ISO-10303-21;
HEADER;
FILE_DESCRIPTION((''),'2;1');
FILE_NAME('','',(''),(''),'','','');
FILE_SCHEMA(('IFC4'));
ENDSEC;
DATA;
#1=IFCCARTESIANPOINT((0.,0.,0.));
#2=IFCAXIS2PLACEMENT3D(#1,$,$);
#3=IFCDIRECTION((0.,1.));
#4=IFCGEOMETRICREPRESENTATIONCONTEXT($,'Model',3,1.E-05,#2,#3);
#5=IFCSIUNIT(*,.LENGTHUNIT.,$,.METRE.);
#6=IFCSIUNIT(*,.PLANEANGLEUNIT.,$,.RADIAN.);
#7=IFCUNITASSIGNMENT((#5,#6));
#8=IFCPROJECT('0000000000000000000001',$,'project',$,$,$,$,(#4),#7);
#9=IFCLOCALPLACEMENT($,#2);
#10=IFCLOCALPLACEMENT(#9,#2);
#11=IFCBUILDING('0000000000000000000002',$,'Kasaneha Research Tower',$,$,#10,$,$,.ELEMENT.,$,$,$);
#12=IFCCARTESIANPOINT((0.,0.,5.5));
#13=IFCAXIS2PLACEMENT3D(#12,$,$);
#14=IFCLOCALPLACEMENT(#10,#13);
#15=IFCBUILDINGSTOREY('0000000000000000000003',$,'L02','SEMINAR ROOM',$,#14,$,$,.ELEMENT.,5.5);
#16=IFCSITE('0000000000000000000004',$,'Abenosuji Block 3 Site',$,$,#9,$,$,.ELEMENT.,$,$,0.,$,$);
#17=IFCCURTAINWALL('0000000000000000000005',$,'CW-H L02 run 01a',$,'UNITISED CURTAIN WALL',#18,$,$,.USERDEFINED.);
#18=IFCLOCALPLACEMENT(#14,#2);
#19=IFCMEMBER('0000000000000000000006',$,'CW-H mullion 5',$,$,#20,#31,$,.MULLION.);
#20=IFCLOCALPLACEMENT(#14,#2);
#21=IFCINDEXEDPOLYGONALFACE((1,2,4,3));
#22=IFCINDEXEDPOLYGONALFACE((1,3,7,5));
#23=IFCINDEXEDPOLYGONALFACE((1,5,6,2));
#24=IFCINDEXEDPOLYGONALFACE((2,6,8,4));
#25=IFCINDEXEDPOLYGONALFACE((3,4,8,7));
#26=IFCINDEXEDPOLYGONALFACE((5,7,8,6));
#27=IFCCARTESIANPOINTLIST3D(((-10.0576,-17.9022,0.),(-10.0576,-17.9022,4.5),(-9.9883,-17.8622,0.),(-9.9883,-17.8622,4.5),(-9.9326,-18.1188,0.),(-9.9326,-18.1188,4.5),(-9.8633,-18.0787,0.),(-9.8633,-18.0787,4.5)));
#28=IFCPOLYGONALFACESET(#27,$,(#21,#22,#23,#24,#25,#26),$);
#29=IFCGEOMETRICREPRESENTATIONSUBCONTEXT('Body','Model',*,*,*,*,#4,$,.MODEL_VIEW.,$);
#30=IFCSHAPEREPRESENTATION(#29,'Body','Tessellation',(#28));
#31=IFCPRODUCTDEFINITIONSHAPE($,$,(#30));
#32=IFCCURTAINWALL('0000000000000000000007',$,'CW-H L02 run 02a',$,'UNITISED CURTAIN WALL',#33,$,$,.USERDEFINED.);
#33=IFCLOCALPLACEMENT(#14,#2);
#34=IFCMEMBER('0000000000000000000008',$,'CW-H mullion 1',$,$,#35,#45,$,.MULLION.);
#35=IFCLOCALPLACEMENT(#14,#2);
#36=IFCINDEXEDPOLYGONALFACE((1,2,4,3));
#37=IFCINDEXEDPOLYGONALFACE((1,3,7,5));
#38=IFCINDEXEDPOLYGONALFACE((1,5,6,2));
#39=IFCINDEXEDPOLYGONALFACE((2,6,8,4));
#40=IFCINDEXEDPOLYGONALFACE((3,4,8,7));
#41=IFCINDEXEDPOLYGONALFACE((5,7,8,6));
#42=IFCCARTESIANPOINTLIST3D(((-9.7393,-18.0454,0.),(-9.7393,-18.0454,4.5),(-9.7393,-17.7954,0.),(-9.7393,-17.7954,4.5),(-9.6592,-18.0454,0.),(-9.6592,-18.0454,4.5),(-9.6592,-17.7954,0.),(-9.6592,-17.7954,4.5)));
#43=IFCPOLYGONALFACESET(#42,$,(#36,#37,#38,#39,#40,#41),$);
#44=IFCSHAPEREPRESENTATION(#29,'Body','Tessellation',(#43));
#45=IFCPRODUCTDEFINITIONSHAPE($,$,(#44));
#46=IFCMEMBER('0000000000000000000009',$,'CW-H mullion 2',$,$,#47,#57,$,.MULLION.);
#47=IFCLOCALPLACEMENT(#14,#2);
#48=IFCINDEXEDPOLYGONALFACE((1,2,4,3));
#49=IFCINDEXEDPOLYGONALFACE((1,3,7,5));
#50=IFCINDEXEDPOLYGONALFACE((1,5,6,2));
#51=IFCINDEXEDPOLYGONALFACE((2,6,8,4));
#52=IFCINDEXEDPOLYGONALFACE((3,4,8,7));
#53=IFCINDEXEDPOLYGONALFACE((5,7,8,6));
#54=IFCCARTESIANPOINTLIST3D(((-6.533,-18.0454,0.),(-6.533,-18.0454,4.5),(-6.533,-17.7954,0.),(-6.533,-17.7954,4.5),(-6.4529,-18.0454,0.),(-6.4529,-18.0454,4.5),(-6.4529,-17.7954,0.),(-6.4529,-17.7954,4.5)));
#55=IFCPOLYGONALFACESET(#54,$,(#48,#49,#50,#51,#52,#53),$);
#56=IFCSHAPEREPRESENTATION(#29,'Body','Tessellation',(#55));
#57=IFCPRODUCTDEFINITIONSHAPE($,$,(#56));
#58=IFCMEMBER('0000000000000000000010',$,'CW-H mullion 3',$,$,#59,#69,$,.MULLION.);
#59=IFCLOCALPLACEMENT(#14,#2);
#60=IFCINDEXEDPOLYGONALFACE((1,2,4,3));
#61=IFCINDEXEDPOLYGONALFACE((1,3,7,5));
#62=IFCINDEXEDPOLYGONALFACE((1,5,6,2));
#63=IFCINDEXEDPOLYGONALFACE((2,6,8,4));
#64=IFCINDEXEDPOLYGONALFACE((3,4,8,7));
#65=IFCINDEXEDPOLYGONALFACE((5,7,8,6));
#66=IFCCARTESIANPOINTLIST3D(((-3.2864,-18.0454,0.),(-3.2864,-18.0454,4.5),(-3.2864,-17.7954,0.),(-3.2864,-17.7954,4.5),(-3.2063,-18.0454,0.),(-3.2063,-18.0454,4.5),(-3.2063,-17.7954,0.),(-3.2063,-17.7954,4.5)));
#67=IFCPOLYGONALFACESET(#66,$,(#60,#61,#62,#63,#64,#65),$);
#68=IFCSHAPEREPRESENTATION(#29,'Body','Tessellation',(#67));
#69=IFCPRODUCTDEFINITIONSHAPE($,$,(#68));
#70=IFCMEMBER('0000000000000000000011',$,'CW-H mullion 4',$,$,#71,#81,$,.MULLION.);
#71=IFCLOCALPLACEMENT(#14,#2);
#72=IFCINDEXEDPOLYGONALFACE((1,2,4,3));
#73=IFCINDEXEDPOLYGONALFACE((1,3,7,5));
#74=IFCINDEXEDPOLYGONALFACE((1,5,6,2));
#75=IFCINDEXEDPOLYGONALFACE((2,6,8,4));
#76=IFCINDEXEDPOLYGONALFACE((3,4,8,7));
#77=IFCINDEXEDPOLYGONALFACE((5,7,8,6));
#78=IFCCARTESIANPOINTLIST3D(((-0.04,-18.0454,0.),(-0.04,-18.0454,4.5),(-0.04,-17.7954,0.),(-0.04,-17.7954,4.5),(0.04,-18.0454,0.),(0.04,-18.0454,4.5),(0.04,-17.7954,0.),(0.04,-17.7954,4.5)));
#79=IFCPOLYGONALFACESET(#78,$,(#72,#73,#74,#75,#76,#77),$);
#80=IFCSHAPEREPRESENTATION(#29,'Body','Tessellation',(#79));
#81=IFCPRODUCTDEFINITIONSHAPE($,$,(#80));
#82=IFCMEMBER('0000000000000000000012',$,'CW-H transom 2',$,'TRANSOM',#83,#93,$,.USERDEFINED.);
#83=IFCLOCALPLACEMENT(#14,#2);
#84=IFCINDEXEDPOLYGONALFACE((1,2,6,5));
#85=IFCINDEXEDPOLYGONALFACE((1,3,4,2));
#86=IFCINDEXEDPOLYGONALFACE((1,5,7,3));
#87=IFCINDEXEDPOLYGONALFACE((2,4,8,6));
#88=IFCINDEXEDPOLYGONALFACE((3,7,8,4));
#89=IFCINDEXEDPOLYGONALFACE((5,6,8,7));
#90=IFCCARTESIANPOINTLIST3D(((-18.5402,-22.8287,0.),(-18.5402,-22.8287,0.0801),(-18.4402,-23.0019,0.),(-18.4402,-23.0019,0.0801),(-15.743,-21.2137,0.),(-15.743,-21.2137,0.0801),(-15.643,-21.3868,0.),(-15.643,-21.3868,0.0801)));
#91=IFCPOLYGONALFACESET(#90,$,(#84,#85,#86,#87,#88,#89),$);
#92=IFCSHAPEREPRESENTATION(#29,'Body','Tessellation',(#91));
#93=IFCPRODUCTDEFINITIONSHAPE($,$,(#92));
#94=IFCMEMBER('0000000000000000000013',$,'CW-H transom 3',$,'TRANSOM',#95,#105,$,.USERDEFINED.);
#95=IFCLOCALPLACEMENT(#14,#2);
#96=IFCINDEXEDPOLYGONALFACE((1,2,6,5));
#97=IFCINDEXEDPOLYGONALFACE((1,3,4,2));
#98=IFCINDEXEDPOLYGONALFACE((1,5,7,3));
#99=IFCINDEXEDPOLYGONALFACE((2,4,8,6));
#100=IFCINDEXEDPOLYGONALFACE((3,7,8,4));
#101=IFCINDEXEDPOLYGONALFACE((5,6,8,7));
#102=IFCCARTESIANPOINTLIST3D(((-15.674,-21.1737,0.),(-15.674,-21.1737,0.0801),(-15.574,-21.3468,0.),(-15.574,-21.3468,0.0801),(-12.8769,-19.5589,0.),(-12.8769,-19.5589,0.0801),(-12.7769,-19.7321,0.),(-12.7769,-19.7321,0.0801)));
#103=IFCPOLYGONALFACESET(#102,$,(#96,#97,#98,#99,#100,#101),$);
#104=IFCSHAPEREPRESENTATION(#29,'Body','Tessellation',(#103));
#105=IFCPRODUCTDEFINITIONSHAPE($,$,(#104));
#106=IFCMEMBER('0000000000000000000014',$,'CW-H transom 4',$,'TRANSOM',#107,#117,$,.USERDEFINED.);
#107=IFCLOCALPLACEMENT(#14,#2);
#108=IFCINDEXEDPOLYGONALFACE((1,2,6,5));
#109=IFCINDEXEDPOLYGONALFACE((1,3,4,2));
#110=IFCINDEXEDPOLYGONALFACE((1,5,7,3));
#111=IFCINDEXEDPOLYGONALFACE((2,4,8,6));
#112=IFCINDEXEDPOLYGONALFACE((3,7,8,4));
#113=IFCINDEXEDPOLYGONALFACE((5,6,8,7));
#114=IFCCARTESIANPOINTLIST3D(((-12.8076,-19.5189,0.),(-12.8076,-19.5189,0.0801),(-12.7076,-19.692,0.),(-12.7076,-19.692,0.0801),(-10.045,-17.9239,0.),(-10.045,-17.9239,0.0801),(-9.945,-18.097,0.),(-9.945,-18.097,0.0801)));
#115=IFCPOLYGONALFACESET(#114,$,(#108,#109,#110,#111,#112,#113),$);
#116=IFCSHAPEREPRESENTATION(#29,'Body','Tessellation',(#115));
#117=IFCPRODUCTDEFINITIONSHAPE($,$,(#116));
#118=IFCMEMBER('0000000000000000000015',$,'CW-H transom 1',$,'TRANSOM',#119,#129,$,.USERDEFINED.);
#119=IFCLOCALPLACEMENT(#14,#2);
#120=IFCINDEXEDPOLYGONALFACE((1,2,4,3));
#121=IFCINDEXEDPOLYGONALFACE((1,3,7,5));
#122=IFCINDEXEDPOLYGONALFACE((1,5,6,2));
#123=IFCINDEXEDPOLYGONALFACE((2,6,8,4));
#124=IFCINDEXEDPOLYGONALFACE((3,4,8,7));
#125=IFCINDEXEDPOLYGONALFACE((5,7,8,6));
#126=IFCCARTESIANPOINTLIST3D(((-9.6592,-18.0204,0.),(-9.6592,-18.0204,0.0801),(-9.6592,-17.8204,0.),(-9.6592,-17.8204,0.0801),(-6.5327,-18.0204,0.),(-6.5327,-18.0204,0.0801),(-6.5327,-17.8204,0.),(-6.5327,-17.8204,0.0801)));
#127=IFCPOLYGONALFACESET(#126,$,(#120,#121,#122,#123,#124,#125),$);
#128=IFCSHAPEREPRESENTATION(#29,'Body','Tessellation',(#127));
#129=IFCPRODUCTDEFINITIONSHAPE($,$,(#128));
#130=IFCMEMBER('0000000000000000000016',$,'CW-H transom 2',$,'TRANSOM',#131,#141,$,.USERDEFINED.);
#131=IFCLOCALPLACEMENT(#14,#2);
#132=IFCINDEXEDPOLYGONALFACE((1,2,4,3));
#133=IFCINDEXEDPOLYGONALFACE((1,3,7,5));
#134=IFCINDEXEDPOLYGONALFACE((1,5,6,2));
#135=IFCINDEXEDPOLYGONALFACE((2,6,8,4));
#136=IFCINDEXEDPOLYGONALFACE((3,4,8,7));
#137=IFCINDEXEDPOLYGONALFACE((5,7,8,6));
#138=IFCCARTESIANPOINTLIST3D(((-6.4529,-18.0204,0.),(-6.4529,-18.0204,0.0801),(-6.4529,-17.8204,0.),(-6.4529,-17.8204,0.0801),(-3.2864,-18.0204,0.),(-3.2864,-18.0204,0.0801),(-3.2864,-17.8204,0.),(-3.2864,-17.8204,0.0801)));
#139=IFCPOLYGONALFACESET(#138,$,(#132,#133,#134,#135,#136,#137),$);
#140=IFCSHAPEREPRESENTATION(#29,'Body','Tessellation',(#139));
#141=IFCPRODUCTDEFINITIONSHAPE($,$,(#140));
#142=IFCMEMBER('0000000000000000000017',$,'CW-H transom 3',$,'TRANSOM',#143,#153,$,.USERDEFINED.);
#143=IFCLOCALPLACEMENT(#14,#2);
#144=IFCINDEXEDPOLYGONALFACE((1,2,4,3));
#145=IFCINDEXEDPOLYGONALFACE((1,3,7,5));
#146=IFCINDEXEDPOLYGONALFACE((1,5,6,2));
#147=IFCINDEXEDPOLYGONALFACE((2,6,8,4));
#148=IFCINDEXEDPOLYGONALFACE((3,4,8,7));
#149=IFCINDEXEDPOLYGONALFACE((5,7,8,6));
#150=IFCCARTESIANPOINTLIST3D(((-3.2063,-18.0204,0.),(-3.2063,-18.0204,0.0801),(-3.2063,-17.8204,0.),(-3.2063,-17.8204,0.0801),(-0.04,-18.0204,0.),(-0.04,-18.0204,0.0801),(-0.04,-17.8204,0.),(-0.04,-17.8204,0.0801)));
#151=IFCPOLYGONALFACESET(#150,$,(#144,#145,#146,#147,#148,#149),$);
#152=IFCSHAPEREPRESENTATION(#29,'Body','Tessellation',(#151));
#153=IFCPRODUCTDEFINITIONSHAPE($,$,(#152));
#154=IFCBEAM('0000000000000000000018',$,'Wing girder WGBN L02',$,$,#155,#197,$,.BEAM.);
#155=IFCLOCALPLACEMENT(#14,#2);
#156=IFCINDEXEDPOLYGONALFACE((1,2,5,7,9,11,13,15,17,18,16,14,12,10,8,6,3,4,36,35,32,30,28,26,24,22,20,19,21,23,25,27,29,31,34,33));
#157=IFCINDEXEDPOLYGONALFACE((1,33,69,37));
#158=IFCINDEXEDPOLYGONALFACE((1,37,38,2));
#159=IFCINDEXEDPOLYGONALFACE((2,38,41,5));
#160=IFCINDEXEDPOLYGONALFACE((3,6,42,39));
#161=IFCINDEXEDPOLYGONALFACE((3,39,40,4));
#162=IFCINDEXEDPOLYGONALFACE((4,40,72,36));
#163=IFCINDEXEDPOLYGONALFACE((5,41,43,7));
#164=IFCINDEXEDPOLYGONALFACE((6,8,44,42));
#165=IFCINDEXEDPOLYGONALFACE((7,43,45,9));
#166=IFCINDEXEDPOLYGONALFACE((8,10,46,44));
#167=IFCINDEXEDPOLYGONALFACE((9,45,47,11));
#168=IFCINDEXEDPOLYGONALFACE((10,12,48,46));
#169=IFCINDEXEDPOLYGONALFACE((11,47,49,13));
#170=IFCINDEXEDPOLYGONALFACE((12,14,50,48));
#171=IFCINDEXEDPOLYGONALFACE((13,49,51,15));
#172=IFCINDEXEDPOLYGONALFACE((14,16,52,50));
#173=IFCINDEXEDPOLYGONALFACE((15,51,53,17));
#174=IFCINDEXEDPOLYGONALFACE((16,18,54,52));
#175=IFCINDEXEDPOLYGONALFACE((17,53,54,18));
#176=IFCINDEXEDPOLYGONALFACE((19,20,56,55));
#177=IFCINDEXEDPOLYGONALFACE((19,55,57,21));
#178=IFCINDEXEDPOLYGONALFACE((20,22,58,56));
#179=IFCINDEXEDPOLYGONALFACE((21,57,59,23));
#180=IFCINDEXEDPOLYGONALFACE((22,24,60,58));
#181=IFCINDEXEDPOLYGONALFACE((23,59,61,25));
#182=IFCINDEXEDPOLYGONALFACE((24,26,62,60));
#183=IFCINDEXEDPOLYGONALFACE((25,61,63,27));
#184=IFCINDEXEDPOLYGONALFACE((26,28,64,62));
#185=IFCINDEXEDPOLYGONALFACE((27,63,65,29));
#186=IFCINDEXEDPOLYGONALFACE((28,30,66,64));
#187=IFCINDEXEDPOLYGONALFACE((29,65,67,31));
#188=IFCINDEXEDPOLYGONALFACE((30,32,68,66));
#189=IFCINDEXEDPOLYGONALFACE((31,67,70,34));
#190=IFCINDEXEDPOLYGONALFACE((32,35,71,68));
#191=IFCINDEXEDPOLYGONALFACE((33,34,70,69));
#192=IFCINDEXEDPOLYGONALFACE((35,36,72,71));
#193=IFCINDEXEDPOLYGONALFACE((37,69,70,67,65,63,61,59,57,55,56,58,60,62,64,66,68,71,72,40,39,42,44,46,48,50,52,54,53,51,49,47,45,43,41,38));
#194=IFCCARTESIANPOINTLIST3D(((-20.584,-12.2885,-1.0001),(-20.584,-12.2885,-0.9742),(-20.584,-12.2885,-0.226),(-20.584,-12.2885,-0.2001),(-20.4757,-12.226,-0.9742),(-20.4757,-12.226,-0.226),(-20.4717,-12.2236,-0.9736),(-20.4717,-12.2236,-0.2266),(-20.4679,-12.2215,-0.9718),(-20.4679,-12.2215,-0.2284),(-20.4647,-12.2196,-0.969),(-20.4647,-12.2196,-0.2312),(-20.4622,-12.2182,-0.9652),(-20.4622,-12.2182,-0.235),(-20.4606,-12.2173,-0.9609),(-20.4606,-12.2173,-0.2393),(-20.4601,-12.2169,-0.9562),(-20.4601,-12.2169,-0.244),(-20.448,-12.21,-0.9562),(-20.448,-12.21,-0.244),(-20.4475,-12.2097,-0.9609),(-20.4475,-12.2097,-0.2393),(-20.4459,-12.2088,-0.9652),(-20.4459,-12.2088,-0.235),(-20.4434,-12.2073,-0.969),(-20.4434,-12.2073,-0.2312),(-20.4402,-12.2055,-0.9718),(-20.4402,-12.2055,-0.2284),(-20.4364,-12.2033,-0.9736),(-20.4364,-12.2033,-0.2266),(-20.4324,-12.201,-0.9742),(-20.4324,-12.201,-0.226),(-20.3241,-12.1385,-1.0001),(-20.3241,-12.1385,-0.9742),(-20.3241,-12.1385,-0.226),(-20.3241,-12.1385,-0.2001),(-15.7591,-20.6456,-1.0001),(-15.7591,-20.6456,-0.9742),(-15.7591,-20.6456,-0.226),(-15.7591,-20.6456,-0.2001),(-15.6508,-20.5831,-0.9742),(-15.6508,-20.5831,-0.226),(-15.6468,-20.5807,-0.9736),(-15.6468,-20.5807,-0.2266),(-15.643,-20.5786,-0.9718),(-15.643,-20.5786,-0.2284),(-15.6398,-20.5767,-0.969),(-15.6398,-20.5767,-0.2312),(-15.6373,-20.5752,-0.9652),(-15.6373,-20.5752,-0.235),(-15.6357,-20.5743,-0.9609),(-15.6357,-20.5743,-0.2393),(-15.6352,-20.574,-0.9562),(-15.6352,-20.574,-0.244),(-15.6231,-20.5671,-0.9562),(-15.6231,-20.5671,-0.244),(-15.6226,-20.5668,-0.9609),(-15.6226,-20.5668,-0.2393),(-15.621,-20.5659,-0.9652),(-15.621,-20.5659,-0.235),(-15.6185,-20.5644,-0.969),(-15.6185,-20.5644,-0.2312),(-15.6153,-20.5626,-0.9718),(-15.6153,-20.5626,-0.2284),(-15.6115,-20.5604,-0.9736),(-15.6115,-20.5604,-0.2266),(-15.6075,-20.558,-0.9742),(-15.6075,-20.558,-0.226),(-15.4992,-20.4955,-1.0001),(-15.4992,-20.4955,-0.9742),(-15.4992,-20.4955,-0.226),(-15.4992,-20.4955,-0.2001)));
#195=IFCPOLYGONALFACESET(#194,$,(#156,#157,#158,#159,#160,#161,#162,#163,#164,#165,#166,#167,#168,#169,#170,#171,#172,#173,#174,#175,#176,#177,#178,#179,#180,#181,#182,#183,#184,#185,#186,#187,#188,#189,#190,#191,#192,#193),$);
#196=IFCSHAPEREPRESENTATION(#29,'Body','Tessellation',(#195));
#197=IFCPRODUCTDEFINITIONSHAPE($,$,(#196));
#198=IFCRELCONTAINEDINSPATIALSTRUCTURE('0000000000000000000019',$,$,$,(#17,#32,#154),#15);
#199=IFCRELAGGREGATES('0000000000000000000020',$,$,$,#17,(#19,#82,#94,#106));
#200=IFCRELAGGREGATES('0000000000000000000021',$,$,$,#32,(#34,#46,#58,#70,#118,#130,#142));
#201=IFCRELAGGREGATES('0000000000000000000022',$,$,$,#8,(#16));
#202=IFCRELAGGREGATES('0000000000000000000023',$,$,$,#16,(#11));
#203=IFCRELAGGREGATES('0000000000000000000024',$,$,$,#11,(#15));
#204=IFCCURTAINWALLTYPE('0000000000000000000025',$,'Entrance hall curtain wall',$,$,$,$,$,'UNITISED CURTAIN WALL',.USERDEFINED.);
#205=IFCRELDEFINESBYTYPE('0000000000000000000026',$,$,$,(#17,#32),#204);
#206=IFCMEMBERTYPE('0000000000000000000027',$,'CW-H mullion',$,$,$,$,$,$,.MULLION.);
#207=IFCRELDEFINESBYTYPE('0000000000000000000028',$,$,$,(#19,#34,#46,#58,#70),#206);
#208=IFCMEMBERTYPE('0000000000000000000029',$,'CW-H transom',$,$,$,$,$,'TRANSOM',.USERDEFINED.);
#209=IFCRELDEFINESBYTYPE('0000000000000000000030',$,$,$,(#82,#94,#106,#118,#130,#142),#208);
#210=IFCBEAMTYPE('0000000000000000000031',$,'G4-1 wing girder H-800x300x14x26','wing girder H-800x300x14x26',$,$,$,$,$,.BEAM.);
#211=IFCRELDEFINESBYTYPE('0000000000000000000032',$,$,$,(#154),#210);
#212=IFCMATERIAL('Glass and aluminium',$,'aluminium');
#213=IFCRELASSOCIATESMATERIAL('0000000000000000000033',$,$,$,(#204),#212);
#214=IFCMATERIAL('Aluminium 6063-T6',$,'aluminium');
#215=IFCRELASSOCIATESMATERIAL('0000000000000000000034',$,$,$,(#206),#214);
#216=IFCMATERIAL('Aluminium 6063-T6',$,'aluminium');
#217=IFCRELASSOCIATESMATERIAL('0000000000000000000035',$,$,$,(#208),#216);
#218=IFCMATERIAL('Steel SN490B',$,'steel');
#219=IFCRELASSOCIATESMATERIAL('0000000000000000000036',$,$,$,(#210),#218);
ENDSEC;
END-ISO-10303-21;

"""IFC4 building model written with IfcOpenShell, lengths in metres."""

from ifc_helpers import new_model, si_unit, direction, frame, origin, origin_2d, place, context, subcontext, project, spatial, rectangle, i_section, extrude, material, material_profile, profile_set, type_object, element, aggregate, save


model = new_model("IFC4")

# Units and contexts
model_context = context("Model", 3, precision=1e-05, world=origin(), true_north=direction((0.0, 1.0)))
body_context = subcontext(model_context, "Body", "Model", "MODEL_VIEW")
ifc_project = project(units=[si_unit("LENGTHUNIT", "METRE"), si_unit("PLANEANGLEUNIT", "RADIAN")], contexts=[model_context])

# Site, building, storey
site_placement = place(None, origin())
site = spatial("IfcSite", under=ifc_project, at=site_placement, Name="Abenosuji Block 3 Site", CompositionType="ELEMENT", RefElevation=0.0)
building_placement = place(site_placement, origin())
building = spatial("IfcBuilding", under=site, at=building_placement, Name="Kasaneha Research Tower", CompositionType="ELEMENT")
storey_placement = place(building_placement, frame((0.0, 0.0, 5.5)))
storey = spatial("IfcBuildingStorey", under=building, at=storey_placement, Name="L02", Description="SEMINAR ROOM", CompositionType="ELEMENT", Elevation=5.5)

# Curtain walls, members
ifc_material_1 = material(Name="Glass and aluminium", Category="aluminium")
curtain_wall_type = type_object("IfcCurtainWallType", Name="Entrance hall curtain wall", ElementType="UNITISED CURTAIN WALL", PredefinedType="USERDEFINED", material=ifc_material_1)
curtain_wall_1_placement = place(storey_placement, origin())
curtain_wall_1 = element("IfcCurtainWall", 1, at=curtain_wall_1_placement, inside=storey, type_object=curtain_wall_type, Name="CW-H L02 run 01a", ObjectType="UNITISED CURTAIN WALL", PredefinedType="USERDEFINED")
ifc_material_2 = material(Name="Aluminium 6063-T6", Category="aluminium")
ifc_material_profile_1 = material_profile(ifc_material_2, rectangle(XDim=0.0801, YDim=0.25, at=origin_2d()), Name="CW-H mullion 80x250")
ifc_profile_set_1 = profile_set([ifc_material_profile_1], Name="Aluminium 6063-T6")
member_type_1 = type_object("IfcMemberType", Name="CW-H mullion", PredefinedType="MULLION", material=ifc_profile_set_1)
member_1_placement = place(storey_placement, frame((-9.9604, -17.9905, 0.0), z_axis=(0.0, 0.0, 1.0), x_axis=(0.866025, 0.5, 0.0)))
member_1 = element("IfcMember", 2, at=member_1_placement, type_object=member_type_1, Name="CW-H mullion 5", PredefinedType="MULLION", context=body_context, shape_type="SweptSolid", body=[
    extrude(rectangle(XDim=0.0801, YDim=0.25, at=origin_2d()), origin(), (0.0, 0.0, 1.0), 4.5),
])
curtain_wall_2_placement = place(storey_placement, origin())
curtain_wall_2 = element("IfcCurtainWall", 3, at=curtain_wall_2_placement, inside=storey, type_object=curtain_wall_type, Name="CW-H L02 run 02a", ObjectType="UNITISED CURTAIN WALL", PredefinedType="USERDEFINED")
member_2_placement = place(storey_placement, frame((-9.6992, -17.9204, 0.0), z_axis=(0.0, 0.0, 1.0), x_axis=(1.0, 0.0, 0.0)))
member_2 = element("IfcMember", 4, at=member_2_placement, type_object=member_type_1, Name="CW-H mullion 1", PredefinedType="MULLION", context=body_context, shape_type="SweptSolid", body=[
    extrude(rectangle(XDim=0.0801, YDim=0.25, at=origin_2d()), origin(), (0.0, 0.0, 1.0), 4.5),
])
member_3_placement = place(storey_placement, frame((-6.4929, -17.9204, 0.0), z_axis=(0.0, 0.0, 1.0), x_axis=(1.0, 0.0, 0.0)))
member_3 = element("IfcMember", 5, at=member_3_placement, type_object=member_type_1, Name="CW-H mullion 2", PredefinedType="MULLION", context=body_context, shape_type="SweptSolid", body=[
    extrude(rectangle(XDim=0.0801, YDim=0.25, at=origin_2d()), origin(), (0.0, 0.0, 1.0), 4.5),
])
member_4_placement = place(storey_placement, frame((-3.2463, -17.9204, 0.0), z_axis=(0.0, 0.0, 1.0), x_axis=(1.0, 0.0, 0.0)))
member_4 = element("IfcMember", 6, at=member_4_placement, type_object=member_type_1, Name="CW-H mullion 3", PredefinedType="MULLION", context=body_context, shape_type="SweptSolid", body=[
    extrude(rectangle(XDim=0.0801, YDim=0.25, at=origin_2d()), origin(), (0.0, 0.0, 1.0), 4.5),
])
member_5_placement = place(storey_placement, frame((0.0, -17.9204, 0.0), z_axis=(0.0, 0.0, 1.0), x_axis=(1.0, 0.0, 0.0)))
member_5 = element("IfcMember", 7, at=member_5_placement, type_object=member_type_1, Name="CW-H mullion 4", PredefinedType="MULLION", context=body_context, shape_type="SweptSolid", body=[
    extrude(rectangle(XDim=0.0801, YDim=0.25, at=origin_2d()), origin(), (0.0, 0.0, 1.0), 4.5),
])

# Members
ifc_material_3 = material(Name="Aluminium 6063-T6", Category="aluminium")
ifc_material_profile_2 = material_profile(ifc_material_3, rectangle(XDim=0.2, YDim=0.0801, at=origin_2d()), Name="CW-H transom 200x80")
ifc_profile_set_2 = profile_set([ifc_material_profile_2], Name="Aluminium 6063-T6")
member_type_2 = type_object("IfcMemberType", Name="CW-H transom", ElementType="TRANSOM", PredefinedType="USERDEFINED", material=ifc_profile_set_2)
member_6_placement = place(storey_placement, frame((-18.4902, -22.9153, 0.04), z_axis=(0.866016, 0.500017, 0.0), x_axis=(-0.500017, 0.866016, 0.0)))
member_6 = element("IfcMember", 8, at=member_6_placement, type_object=member_type_2, Name="CW-H transom 2", ObjectType="TRANSOM", PredefinedType="USERDEFINED", context=body_context, shape_type="SweptSolid", body=[
    extrude(rectangle(XDim=0.2, YDim=0.0801, at=origin_2d()), origin(), (0.0, 0.0, 1.0), 3.23),
])
member_7_placement = place(storey_placement, frame((-15.624, -21.2603, 0.04), z_axis=(0.866048, 0.49996, 0.0), x_axis=(-0.49996, 0.866048, 0.0)))
member_7 = element("IfcMember", 9, at=member_7_placement, type_object=member_type_2, Name="CW-H transom 3", ObjectType="TRANSOM", PredefinedType="USERDEFINED", context=body_context, shape_type="SweptSolid", body=[
    extrude(rectangle(XDim=0.2, YDim=0.0801, at=origin_2d()), origin(), (0.0, 0.0, 1.0), 3.2297),
])
member_8_placement = place(storey_placement, frame((-12.7576, -19.6055, 0.04), z_axis=(0.866016, 0.500016, 0.0), x_axis=(-0.500016, 0.866016, 0.0)))
member_8 = element("IfcMember", 10, at=member_8_placement, type_object=member_type_2, Name="CW-H transom 4", ObjectType="TRANSOM", PredefinedType="USERDEFINED", context=body_context, shape_type="SweptSolid", body=[
    extrude(rectangle(XDim=0.2, YDim=0.0801, at=origin_2d()), origin(), (0.0, 0.0, 1.0), 3.1899),
])
member_9_placement = place(storey_placement, frame((-9.6592, -17.9204, 0.04), z_axis=(1.0, 0.0, 0.0), x_axis=(0.0, 1.0, 0.0)))
member_9 = element("IfcMember", 11, at=member_9_placement, type_object=member_type_2, Name="CW-H transom 1", ObjectType="TRANSOM", PredefinedType="USERDEFINED", context=body_context, shape_type="SweptSolid", body=[
    extrude(rectangle(XDim=0.2, YDim=0.0801, at=origin_2d()), origin(), (0.0, 0.0, 1.0), 3.1265),
])
member_10_placement = place(storey_placement, frame((-6.4529, -17.9204, 0.04), z_axis=(1.0, 0.0, 0.0), x_axis=(0.0, 1.0, 0.0)))
member_10 = element("IfcMember", 12, at=member_10_placement, type_object=member_type_2, Name="CW-H transom 2", ObjectType="TRANSOM", PredefinedType="USERDEFINED", context=body_context, shape_type="SweptSolid", body=[
    extrude(rectangle(XDim=0.2, YDim=0.0801, at=origin_2d()), origin(), (0.0, 0.0, 1.0), 3.1665),
])
member_11_placement = place(storey_placement, frame((-3.2063, -17.9204, 0.04), z_axis=(1.0, 0.0, 0.0), x_axis=(0.0, 1.0, 0.0)))
member_11 = element("IfcMember", 13, at=member_11_placement, type_object=member_type_2, Name="CW-H transom 3", ObjectType="TRANSOM", PredefinedType="USERDEFINED", context=body_context, shape_type="SweptSolid", body=[
    extrude(rectangle(XDim=0.2, YDim=0.0801, at=origin_2d()), origin(), (0.0, 0.0, 1.0), 3.1663),
])

# Beam
ifc_material_4 = material(Name="Steel SN490B", Category="steel")
ifc_material_profile_3 = material_profile(ifc_material_4, i_section(OverallWidth=0.3, OverallDepth=0.8, WebThickness=0.0139, FlangeThickness=0.0259, FilletRadius=0.0181, at=origin_2d()), Name="H-800x300x14x26")
ifc_profile_set_3 = profile_set([ifc_material_profile_3], Name="Steel SN490B")
beam_type_1 = type_object("IfcBeamType", Name="G4-1 wing girder H-800x300x14x26", Description="wing girder H-800x300x14x26", PredefinedType="BEAM", material=ifc_profile_set_3)
beam_1_placement = place(storey_placement, frame((-15.6292, -20.5706, -0.6001), z_axis=(-0.499995, 0.866028, 0.0), x_axis=(-0.866028, -0.499995, 0.0)))
element("IfcBeam", 14, at=beam_1_placement, inside=storey, type_object=beam_type_1, Name="Wing girder WGBN L02", PredefinedType="BEAM", context=body_context, shape_type="SweptSolid", body=[
    extrude(i_section(OverallWidth=0.3, OverallDepth=0.8, WebThickness=0.0139, FlangeThickness=0.0259, FilletRadius=0.0181, at=origin_2d()), origin(), (0.0, 0.0, 1.0), 9.6499),
])

aggregate(curtain_wall_1, [member_1, member_6, member_7, member_8])
aggregate(curtain_wall_2, [member_2, member_3, member_4, member_5, member_9, member_10, member_11])

save(model, "model.ifc")
